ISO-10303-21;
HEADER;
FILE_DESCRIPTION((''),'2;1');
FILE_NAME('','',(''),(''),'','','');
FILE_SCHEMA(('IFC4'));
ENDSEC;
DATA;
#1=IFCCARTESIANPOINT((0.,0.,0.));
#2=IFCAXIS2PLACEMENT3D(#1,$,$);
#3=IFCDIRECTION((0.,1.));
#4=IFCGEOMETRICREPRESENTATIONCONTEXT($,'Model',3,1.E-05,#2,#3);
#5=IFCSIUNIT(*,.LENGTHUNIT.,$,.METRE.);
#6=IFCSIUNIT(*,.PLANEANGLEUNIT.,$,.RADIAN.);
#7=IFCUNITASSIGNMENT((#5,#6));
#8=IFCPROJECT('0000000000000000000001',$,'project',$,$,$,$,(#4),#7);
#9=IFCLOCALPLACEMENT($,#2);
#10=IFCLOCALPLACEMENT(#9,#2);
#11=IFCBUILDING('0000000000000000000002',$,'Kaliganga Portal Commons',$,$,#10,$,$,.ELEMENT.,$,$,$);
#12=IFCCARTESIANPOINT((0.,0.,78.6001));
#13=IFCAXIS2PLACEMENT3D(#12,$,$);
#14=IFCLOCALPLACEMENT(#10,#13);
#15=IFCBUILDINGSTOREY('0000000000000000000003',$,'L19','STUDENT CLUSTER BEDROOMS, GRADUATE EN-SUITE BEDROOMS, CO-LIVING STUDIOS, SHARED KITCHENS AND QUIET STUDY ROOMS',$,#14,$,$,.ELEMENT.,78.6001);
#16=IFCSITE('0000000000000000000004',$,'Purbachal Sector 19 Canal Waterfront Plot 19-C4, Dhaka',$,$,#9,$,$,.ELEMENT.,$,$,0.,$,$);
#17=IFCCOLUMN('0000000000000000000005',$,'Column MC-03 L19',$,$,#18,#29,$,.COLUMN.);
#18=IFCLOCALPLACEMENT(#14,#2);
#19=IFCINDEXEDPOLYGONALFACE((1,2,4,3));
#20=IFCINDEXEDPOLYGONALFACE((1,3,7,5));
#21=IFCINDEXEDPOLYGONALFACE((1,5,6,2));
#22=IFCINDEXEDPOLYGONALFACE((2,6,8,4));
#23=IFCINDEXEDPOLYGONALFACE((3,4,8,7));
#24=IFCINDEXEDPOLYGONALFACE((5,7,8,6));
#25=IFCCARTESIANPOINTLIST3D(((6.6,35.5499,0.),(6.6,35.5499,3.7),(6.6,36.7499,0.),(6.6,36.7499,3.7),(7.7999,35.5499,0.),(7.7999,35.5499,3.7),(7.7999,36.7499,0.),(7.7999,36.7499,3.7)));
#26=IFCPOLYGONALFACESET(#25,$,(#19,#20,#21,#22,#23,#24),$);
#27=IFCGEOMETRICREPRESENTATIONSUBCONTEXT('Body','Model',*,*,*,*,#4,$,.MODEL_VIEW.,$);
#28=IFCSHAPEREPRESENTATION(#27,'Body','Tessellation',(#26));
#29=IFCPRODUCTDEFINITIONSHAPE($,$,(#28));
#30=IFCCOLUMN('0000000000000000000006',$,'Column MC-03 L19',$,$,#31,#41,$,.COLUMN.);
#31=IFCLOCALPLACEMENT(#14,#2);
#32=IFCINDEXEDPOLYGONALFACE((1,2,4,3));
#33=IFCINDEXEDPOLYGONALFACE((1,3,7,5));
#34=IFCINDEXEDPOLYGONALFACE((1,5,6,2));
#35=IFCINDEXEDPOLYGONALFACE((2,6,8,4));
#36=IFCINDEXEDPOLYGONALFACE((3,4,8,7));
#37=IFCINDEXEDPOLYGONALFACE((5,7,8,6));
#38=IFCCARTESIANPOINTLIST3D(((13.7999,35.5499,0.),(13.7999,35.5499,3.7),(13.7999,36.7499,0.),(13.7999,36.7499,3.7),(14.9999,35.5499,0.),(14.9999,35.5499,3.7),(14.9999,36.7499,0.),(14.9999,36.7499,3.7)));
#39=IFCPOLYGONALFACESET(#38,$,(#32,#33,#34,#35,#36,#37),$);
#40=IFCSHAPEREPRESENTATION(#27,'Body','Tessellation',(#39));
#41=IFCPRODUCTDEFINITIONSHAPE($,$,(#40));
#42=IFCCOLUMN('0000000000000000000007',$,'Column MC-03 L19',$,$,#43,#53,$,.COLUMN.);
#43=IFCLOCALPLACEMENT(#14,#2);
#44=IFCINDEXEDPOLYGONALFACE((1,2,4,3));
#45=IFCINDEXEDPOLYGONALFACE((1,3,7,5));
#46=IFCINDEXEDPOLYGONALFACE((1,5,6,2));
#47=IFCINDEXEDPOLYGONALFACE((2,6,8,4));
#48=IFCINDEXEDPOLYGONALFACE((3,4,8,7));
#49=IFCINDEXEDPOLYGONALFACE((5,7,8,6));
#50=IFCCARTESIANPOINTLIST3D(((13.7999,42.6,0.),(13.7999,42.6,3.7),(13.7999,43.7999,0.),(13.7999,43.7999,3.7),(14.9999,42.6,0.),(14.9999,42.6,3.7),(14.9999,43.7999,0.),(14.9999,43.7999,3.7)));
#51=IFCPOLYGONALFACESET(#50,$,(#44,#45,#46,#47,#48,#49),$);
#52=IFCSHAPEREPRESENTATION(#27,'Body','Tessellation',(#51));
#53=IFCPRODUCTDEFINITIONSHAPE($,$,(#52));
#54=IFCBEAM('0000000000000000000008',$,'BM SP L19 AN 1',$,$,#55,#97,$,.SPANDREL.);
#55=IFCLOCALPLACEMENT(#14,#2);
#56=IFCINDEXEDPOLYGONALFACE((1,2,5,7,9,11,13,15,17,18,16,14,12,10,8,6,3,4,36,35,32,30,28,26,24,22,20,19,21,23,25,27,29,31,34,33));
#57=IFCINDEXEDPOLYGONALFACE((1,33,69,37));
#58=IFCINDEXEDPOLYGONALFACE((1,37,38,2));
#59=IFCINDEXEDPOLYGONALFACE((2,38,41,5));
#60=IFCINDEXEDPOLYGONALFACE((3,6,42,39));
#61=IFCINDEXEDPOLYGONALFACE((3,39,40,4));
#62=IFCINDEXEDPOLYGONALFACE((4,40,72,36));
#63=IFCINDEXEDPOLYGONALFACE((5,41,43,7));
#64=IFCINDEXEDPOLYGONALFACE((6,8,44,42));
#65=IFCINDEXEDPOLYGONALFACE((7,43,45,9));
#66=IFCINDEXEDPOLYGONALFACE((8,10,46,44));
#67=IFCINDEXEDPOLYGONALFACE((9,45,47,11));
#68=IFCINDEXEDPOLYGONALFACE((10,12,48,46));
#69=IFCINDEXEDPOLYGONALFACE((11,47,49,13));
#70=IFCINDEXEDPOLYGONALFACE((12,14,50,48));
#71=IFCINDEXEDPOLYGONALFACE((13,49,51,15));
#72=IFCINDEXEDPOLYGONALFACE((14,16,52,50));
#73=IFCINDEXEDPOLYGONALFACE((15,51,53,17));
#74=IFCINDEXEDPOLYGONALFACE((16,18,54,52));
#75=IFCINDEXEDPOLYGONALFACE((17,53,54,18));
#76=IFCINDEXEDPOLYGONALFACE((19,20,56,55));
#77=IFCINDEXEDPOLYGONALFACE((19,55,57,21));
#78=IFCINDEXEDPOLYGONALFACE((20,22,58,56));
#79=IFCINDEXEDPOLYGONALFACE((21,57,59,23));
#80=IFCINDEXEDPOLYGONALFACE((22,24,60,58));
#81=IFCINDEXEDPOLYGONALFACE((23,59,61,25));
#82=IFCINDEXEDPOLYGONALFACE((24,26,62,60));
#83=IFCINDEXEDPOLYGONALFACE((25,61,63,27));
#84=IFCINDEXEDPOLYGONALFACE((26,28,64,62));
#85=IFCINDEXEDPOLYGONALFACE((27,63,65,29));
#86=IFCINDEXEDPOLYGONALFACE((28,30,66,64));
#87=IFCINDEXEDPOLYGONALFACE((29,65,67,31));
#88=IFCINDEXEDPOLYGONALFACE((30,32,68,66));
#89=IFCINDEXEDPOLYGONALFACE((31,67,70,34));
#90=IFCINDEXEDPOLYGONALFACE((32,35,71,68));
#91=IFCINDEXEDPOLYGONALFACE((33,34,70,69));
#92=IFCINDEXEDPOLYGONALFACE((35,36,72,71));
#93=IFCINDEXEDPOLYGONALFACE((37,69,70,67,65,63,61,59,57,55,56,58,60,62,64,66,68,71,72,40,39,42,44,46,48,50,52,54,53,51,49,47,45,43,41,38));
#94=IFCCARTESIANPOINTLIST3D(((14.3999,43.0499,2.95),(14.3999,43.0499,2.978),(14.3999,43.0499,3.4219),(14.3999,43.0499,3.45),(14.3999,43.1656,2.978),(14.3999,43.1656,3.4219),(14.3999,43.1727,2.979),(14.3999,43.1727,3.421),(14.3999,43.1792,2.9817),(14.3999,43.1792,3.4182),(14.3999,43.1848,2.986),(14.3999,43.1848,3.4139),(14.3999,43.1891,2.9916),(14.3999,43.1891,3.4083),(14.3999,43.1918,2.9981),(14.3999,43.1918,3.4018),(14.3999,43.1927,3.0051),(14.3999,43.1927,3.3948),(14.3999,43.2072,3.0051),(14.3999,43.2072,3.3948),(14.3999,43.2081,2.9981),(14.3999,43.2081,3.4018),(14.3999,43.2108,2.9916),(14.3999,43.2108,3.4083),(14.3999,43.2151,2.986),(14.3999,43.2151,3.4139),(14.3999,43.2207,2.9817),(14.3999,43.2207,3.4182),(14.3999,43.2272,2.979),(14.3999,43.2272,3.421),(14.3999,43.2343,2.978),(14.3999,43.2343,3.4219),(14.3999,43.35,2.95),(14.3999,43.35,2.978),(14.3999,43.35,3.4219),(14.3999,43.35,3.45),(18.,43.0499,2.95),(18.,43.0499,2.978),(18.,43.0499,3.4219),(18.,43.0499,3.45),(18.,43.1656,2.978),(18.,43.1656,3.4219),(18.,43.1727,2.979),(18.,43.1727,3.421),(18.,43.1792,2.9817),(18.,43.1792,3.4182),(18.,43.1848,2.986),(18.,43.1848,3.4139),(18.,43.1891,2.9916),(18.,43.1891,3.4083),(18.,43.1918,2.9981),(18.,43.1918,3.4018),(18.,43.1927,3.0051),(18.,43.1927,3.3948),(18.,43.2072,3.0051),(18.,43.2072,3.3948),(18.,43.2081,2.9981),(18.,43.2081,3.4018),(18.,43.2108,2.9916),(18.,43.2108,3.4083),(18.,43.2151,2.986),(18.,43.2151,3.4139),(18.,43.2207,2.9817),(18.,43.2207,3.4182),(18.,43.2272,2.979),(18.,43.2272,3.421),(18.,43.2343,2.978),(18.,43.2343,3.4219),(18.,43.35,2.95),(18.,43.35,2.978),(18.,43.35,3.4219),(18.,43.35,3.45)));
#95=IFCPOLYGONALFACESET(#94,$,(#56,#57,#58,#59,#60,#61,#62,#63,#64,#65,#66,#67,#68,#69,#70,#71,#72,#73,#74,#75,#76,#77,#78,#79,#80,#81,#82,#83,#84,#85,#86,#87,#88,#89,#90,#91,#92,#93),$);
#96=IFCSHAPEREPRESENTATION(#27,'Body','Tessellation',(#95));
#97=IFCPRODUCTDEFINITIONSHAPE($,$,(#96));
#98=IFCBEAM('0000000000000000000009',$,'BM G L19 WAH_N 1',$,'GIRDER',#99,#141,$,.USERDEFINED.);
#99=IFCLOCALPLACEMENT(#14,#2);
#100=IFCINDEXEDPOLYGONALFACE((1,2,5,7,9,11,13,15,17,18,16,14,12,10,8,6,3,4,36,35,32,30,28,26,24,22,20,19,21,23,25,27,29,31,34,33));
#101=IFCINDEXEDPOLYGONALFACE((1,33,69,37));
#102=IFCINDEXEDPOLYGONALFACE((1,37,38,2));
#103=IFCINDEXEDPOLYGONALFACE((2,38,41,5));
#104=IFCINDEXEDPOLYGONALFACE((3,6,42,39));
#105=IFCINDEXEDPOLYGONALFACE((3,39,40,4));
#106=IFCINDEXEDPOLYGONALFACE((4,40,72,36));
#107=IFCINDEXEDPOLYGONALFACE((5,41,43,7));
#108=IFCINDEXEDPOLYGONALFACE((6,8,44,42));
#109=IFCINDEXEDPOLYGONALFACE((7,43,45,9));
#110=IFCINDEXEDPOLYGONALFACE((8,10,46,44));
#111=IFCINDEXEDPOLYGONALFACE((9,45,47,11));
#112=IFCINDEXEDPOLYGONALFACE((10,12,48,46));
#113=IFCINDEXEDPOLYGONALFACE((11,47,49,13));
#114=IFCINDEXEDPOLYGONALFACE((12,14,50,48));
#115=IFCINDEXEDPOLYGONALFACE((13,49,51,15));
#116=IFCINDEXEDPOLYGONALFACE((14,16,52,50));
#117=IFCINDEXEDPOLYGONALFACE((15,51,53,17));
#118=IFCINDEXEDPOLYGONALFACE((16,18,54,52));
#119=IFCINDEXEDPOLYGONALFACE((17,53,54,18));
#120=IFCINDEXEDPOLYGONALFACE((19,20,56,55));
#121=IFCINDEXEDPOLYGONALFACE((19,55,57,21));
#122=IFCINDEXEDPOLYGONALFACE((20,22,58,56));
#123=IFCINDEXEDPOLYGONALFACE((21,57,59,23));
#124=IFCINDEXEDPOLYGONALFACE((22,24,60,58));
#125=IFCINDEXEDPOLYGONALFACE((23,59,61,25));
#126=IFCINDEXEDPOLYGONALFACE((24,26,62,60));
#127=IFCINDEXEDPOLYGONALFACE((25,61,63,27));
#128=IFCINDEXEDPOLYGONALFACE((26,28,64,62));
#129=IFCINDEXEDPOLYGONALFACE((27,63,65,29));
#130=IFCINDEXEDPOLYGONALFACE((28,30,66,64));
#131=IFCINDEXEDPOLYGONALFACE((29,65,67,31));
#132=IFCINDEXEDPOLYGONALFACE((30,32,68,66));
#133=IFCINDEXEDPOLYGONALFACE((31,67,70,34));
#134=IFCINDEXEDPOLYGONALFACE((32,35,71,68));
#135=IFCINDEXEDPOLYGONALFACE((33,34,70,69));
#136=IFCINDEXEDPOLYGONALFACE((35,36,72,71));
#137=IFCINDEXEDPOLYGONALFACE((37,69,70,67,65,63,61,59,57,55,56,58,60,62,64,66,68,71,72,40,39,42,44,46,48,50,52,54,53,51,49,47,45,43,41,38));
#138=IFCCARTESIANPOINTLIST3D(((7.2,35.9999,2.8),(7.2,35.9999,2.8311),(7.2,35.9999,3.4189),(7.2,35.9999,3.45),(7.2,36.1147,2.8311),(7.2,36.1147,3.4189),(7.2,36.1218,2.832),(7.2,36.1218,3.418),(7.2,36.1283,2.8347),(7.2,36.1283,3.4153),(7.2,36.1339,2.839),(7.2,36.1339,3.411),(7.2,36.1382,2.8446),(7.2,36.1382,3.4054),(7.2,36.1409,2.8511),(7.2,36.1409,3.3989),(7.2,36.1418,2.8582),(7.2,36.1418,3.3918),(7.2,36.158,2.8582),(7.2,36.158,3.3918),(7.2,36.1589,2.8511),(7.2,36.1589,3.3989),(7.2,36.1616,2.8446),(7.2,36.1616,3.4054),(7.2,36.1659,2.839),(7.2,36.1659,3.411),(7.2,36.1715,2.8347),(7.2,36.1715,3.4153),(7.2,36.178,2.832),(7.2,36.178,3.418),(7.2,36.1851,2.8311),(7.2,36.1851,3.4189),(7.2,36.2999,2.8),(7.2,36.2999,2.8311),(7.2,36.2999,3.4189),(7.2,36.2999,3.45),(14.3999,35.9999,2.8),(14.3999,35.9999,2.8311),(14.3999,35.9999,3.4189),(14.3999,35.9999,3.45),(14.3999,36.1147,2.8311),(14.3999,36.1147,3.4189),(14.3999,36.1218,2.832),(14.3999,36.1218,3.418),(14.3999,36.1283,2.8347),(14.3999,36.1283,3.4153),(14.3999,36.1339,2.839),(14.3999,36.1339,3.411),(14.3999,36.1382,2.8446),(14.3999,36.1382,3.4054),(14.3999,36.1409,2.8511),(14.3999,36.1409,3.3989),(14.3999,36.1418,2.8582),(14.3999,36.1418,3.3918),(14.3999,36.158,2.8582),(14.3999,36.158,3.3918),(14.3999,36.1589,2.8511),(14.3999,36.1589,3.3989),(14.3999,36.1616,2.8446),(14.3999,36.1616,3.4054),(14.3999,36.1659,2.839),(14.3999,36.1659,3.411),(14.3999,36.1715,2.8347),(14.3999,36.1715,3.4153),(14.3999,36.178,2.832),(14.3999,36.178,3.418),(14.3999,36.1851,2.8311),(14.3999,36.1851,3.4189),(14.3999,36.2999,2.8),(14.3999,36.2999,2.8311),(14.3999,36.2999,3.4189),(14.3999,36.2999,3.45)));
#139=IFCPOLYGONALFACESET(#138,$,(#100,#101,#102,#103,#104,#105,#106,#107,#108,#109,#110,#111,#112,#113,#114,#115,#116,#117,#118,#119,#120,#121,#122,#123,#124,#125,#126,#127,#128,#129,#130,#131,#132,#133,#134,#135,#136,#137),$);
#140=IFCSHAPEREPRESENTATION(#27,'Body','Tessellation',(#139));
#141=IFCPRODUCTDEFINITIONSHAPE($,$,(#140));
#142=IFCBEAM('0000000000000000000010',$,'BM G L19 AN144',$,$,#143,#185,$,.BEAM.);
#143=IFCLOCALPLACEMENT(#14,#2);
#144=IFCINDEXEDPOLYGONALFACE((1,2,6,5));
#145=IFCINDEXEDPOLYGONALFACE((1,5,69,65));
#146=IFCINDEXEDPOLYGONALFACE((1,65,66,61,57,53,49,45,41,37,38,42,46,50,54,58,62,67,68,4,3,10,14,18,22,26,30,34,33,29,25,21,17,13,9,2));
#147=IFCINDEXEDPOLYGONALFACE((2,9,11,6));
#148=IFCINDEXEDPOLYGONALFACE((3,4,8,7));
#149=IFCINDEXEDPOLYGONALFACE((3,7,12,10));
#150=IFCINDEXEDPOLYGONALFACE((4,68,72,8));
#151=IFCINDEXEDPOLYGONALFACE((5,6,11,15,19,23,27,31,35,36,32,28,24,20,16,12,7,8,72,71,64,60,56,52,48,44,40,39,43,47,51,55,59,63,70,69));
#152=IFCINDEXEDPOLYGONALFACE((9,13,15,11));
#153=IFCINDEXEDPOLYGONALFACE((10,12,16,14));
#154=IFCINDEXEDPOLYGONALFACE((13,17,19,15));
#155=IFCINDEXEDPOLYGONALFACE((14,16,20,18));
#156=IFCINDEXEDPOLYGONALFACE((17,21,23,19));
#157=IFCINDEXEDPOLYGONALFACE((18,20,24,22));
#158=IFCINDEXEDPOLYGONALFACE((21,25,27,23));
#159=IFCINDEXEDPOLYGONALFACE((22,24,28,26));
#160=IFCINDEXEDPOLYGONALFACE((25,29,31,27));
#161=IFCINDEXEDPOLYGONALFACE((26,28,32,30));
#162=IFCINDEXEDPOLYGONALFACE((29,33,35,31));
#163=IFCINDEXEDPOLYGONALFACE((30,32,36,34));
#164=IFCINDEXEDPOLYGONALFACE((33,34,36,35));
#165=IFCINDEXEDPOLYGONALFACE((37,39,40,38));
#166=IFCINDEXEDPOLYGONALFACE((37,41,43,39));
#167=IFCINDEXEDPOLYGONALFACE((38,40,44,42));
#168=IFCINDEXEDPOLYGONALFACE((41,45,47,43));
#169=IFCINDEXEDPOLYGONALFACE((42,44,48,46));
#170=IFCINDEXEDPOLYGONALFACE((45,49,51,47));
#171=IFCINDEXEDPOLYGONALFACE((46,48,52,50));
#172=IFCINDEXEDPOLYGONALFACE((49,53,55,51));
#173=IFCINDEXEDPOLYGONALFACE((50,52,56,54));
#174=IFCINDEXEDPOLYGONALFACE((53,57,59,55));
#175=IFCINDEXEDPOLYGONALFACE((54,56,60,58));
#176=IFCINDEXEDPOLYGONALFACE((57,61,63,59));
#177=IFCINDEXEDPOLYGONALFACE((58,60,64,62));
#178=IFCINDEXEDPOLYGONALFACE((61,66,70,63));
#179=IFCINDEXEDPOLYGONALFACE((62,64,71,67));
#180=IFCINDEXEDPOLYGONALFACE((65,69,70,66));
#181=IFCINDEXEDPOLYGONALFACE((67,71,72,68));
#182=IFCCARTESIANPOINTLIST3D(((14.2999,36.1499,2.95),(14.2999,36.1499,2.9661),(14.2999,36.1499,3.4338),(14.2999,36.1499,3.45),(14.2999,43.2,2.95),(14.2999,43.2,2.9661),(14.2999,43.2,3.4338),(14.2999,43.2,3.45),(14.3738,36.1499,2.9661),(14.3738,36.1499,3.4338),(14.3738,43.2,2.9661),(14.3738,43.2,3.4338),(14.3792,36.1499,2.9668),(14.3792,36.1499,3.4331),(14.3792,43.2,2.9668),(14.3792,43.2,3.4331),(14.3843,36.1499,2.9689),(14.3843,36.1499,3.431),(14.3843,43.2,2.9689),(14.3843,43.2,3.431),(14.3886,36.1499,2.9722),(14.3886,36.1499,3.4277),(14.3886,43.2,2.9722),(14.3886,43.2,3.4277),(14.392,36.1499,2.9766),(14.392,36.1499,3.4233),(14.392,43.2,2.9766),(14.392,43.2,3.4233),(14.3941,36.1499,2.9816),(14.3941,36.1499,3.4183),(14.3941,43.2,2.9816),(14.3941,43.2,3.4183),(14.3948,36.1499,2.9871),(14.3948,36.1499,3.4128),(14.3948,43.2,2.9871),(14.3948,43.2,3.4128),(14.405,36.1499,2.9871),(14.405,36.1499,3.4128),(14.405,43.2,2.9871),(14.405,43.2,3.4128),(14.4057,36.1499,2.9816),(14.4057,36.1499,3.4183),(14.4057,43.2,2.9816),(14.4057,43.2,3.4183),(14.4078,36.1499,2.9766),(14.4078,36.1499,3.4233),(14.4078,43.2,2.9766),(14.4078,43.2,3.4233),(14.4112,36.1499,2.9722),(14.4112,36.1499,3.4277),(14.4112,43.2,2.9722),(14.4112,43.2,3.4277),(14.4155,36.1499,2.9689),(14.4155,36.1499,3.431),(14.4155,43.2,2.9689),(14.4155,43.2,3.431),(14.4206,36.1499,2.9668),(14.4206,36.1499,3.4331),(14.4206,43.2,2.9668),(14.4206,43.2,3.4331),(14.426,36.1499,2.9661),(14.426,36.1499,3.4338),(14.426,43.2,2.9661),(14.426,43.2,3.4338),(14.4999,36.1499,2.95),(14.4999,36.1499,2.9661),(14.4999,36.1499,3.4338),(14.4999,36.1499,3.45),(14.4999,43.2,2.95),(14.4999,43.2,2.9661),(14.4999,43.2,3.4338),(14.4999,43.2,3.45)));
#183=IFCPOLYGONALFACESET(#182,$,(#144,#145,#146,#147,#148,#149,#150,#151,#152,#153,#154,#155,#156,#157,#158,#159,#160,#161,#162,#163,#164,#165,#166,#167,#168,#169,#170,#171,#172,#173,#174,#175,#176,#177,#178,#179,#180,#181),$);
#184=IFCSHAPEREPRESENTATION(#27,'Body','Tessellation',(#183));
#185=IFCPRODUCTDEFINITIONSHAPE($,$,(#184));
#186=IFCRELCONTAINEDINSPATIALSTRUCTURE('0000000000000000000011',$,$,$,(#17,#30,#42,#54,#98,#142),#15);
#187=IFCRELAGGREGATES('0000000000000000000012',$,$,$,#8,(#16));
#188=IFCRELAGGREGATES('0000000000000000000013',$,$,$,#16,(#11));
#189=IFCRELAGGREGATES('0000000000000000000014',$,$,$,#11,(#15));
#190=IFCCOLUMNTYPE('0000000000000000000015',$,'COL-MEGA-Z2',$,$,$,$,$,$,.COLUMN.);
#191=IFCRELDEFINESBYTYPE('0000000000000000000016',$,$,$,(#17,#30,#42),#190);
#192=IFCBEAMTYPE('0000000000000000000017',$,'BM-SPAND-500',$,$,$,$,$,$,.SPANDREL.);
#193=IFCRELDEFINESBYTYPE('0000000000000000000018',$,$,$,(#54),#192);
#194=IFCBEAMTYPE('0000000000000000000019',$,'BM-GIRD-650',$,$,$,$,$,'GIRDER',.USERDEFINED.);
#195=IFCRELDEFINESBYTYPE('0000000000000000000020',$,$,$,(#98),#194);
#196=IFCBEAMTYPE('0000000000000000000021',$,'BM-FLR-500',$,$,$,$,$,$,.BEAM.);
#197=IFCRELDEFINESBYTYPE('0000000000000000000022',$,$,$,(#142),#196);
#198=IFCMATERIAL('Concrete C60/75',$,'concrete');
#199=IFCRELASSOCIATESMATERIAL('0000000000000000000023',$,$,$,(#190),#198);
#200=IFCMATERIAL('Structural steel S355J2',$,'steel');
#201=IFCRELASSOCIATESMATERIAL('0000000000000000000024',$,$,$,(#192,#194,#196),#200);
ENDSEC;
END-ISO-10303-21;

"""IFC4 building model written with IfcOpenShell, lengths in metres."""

from ifc_helpers import new_model, si_unit, direction, frame, origin, origin_2d, place, context, subcontext, project, spatial, rectangle, i_section, extrude, source, transform, mapped, material, material_profile, profile_set, type_object, element, save


model = new_model("IFC4")

# Units and contexts
model_context = context("Model", 3, precision=1e-05, world=origin(), true_north=direction((0.0, 1.0)))
body_context = subcontext(model_context, "Body", "Model", "MODEL_VIEW")
ifc_project = project(units=[si_unit("LENGTHUNIT", "METRE"), si_unit("PLANEANGLEUNIT", "RADIAN")], contexts=[model_context])

# Site, building, storey
site_placement = place(None, origin())
site = spatial("IfcSite", under=ifc_project, at=site_placement, Name="Purbachal Sector 19 Canal Waterfront Plot 19-C4, Dhaka", CompositionType="ELEMENT", RefElevation=0.0)
building_placement = place(site_placement, origin())
building = spatial("IfcBuilding", under=site, at=building_placement, Name="Kaliganga Portal Commons", CompositionType="ELEMENT")
storey_placement = place(building_placement, frame((0.0, 0.0, 78.6001)))
storey = spatial("IfcBuildingStorey", under=building, at=storey_placement, Name="L19", Description="STUDENT CLUSTER BEDROOMS, GRADUATE EN-SUITE BEDROOMS, CO-LIVING STUDIOS, SHARED KITCHENS AND QUIET STUDY ROOMS", CompositionType="ELEMENT", Elevation=78.6001)

# Columns
ifc_material_1 = material(Name="Concrete C60/75", Category="concrete")
ifc_material_profile_1 = material_profile(ifc_material_1, rectangle(XDim=1.2, YDim=1.2, at=origin_2d()), Name="RC 1200x1200")
ifc_profile_set_1 = profile_set([ifc_material_profile_1], Name="Concrete C60/75")
column_type = type_object("IfcColumnType", Name="COL-MEGA-Z2", PredefinedType="COLUMN", material=ifc_profile_set_1)
shared_shape_1 = source(origin(), body_context, "Body", "SweptSolid", [
    extrude(rectangle(XDim=1.2, YDim=1.2, at=origin_2d()), origin(), (0.0, 0.0, 1.0), 3.7),
])
for number, where, z_axis, x_axis, name in (
    (1, (7.2, 36.1499, 0.0), (0.0, 0.0, 1.0), (1.0, 0.0, 0.0), "Column MC-03 L19"),
    (2, (14.3999, 36.1499, 0.0), (0.0, 0.0, 1.0), (1.0, 0.0, 0.0), "Column MC-03 L19"),
    (3, (14.3999, 43.2, 0.0), (0.0, 0.0, 1.0), (1.0, 0.0, 0.0), "Column MC-03 L19"),
):
    element("IfcColumn", number, at=place(storey_placement, frame(where, z_axis=z_axis, x_axis=x_axis)), inside=storey, type_object=column_type, Name=name, PredefinedType="COLUMN", context=body_context, shape_type="MappedRepresentation", body=[
        mapped(shared_shape_1, transform((0.0, 0.0, 0.0), x_axis=(1.0, 0.0, 0.0), y_axis=(0.0, 1.0, 0.0), z_axis=(0.0, 0.0, 1.0), scale=1.0)),
    ])

# Beams
ifc_material_2 = material(Name="Structural steel S355J2", Category="steel")
ifc_material_profile_2 = material_profile(ifc_material_2, i_section(OverallWidth=0.3, OverallDepth=0.5, WebThickness=0.0144, FlangeThickness=0.0281, FilletRadius=0.0271, at=origin_2d()), Name="HE 500 B")
ifc_profile_set_2 = profile_set([ifc_material_profile_2], Name="Structural steel S355J2 wide-flange")
beam_type_1 = type_object("IfcBeamType", Name="BM-SPAND-500", PredefinedType="SPANDREL", material=ifc_profile_set_2)
shared_shape_2 = source(origin(), body_context, "Body", "SweptSolid", [
    extrude(i_section(OverallWidth=0.3, OverallDepth=0.5, WebThickness=0.0144, FlangeThickness=0.0281, FilletRadius=0.0271, at=origin_2d()), origin(), (0.0, 0.0, 1.0), 3.6001),
])
beam_1_placement = place(storey_placement, frame((14.3999, 43.2, 3.2), z_axis=(1.0, 0.0, 0.0), x_axis=(0.0, 1.0, 0.0)))
element("IfcBeam", 4, at=beam_1_placement, inside=storey, type_object=beam_type_1, Name="BM SP L19 AN 1", PredefinedType="SPANDREL", context=body_context, shape_type="MappedRepresentation", body=[
    mapped(shared_shape_2, transform((0.0, 0.0, 0.0), x_axis=(1.0, 0.0, 0.0), y_axis=(0.0, 1.0, 0.0), z_axis=(0.0, 0.0, 1.0), scale=1.0)),
])
ifc_material_profile_3 = material_profile(ifc_material_2, i_section(OverallWidth=0.3, OverallDepth=0.6499, WebThickness=0.0161, FlangeThickness=0.031, FilletRadius=0.0271, at=origin_2d()), Name="HE 650 B")
ifc_profile_set_3 = profile_set([ifc_material_profile_3], Name="Structural steel S355J2 wide-flange")
beam_type_2 = type_object("IfcBeamType", Name="BM-GIRD-650", ElementType="GIRDER", PredefinedType="USERDEFINED", material=ifc_profile_set_3)
shared_shape_3 = source(origin(), body_context, "Body", "SweptSolid", [
    extrude(i_section(OverallWidth=0.3, OverallDepth=0.6499, WebThickness=0.0161, FlangeThickness=0.031, FilletRadius=0.0271, at=origin_2d()), origin(), (0.0, 0.0, 1.0), 7.2),
])
beam_2_placement = place(storey_placement, frame((7.2, 36.1499, 3.125), z_axis=(1.0, 0.0, 0.0), x_axis=(0.0, 1.0, 0.0)))
element("IfcBeam", 5, at=beam_2_placement, inside=storey, type_object=beam_type_2, Name="BM G L19 WAH_N 1", ObjectType="GIRDER", PredefinedType="USERDEFINED", context=body_context, shape_type="MappedRepresentation", body=[
    mapped(shared_shape_3, transform((0.0, 0.0, 0.0), x_axis=(1.0, 0.0, 0.0), y_axis=(0.0, 1.0, 0.0), z_axis=(0.0, 0.0, 1.0), scale=1.0)),
])
ifc_material_profile_4 = material_profile(ifc_material_2, i_section(OverallWidth=0.2, OverallDepth=0.5, WebThickness=0.0103, FlangeThickness=0.0161, FilletRadius=0.021, at=origin_2d()), Name="IPE 500")
ifc_profile_set_4 = profile_set([ifc_material_profile_4], Name="Structural steel S355J2 wide-flange")
beam_type_3 = type_object("IfcBeamType", Name="BM-FLR-500", PredefinedType="BEAM", material=ifc_profile_set_4)
shared_shape_4 = source(origin(), body_context, "Body", "SweptSolid", [
    extrude(i_section(OverallWidth=0.2, OverallDepth=0.5, WebThickness=0.0103, FlangeThickness=0.0161, FilletRadius=0.021, at=origin_2d()), origin(), (0.0, 0.0, 1.0), 7.05),
])
beam_3_placement = place(storey_placement, frame((14.3999, 36.1499, 3.2), z_axis=(0.0, 1.0, 0.0), x_axis=(-1.0, 0.0, 0.0)))
element("IfcBeam", 6, at=beam_3_placement, inside=storey, type_object=beam_type_3, Name="BM G L19 AN144", PredefinedType="BEAM", context=body_context, shape_type="MappedRepresentation", body=[
    mapped(shared_shape_4, transform((0.0, 0.0, 0.0), x_axis=(1.0, 0.0, 0.0), y_axis=(0.0, 1.0, 0.0), z_axis=(0.0, 0.0, 1.0), scale=1.0)),
])

save(model, "model.ifc")
